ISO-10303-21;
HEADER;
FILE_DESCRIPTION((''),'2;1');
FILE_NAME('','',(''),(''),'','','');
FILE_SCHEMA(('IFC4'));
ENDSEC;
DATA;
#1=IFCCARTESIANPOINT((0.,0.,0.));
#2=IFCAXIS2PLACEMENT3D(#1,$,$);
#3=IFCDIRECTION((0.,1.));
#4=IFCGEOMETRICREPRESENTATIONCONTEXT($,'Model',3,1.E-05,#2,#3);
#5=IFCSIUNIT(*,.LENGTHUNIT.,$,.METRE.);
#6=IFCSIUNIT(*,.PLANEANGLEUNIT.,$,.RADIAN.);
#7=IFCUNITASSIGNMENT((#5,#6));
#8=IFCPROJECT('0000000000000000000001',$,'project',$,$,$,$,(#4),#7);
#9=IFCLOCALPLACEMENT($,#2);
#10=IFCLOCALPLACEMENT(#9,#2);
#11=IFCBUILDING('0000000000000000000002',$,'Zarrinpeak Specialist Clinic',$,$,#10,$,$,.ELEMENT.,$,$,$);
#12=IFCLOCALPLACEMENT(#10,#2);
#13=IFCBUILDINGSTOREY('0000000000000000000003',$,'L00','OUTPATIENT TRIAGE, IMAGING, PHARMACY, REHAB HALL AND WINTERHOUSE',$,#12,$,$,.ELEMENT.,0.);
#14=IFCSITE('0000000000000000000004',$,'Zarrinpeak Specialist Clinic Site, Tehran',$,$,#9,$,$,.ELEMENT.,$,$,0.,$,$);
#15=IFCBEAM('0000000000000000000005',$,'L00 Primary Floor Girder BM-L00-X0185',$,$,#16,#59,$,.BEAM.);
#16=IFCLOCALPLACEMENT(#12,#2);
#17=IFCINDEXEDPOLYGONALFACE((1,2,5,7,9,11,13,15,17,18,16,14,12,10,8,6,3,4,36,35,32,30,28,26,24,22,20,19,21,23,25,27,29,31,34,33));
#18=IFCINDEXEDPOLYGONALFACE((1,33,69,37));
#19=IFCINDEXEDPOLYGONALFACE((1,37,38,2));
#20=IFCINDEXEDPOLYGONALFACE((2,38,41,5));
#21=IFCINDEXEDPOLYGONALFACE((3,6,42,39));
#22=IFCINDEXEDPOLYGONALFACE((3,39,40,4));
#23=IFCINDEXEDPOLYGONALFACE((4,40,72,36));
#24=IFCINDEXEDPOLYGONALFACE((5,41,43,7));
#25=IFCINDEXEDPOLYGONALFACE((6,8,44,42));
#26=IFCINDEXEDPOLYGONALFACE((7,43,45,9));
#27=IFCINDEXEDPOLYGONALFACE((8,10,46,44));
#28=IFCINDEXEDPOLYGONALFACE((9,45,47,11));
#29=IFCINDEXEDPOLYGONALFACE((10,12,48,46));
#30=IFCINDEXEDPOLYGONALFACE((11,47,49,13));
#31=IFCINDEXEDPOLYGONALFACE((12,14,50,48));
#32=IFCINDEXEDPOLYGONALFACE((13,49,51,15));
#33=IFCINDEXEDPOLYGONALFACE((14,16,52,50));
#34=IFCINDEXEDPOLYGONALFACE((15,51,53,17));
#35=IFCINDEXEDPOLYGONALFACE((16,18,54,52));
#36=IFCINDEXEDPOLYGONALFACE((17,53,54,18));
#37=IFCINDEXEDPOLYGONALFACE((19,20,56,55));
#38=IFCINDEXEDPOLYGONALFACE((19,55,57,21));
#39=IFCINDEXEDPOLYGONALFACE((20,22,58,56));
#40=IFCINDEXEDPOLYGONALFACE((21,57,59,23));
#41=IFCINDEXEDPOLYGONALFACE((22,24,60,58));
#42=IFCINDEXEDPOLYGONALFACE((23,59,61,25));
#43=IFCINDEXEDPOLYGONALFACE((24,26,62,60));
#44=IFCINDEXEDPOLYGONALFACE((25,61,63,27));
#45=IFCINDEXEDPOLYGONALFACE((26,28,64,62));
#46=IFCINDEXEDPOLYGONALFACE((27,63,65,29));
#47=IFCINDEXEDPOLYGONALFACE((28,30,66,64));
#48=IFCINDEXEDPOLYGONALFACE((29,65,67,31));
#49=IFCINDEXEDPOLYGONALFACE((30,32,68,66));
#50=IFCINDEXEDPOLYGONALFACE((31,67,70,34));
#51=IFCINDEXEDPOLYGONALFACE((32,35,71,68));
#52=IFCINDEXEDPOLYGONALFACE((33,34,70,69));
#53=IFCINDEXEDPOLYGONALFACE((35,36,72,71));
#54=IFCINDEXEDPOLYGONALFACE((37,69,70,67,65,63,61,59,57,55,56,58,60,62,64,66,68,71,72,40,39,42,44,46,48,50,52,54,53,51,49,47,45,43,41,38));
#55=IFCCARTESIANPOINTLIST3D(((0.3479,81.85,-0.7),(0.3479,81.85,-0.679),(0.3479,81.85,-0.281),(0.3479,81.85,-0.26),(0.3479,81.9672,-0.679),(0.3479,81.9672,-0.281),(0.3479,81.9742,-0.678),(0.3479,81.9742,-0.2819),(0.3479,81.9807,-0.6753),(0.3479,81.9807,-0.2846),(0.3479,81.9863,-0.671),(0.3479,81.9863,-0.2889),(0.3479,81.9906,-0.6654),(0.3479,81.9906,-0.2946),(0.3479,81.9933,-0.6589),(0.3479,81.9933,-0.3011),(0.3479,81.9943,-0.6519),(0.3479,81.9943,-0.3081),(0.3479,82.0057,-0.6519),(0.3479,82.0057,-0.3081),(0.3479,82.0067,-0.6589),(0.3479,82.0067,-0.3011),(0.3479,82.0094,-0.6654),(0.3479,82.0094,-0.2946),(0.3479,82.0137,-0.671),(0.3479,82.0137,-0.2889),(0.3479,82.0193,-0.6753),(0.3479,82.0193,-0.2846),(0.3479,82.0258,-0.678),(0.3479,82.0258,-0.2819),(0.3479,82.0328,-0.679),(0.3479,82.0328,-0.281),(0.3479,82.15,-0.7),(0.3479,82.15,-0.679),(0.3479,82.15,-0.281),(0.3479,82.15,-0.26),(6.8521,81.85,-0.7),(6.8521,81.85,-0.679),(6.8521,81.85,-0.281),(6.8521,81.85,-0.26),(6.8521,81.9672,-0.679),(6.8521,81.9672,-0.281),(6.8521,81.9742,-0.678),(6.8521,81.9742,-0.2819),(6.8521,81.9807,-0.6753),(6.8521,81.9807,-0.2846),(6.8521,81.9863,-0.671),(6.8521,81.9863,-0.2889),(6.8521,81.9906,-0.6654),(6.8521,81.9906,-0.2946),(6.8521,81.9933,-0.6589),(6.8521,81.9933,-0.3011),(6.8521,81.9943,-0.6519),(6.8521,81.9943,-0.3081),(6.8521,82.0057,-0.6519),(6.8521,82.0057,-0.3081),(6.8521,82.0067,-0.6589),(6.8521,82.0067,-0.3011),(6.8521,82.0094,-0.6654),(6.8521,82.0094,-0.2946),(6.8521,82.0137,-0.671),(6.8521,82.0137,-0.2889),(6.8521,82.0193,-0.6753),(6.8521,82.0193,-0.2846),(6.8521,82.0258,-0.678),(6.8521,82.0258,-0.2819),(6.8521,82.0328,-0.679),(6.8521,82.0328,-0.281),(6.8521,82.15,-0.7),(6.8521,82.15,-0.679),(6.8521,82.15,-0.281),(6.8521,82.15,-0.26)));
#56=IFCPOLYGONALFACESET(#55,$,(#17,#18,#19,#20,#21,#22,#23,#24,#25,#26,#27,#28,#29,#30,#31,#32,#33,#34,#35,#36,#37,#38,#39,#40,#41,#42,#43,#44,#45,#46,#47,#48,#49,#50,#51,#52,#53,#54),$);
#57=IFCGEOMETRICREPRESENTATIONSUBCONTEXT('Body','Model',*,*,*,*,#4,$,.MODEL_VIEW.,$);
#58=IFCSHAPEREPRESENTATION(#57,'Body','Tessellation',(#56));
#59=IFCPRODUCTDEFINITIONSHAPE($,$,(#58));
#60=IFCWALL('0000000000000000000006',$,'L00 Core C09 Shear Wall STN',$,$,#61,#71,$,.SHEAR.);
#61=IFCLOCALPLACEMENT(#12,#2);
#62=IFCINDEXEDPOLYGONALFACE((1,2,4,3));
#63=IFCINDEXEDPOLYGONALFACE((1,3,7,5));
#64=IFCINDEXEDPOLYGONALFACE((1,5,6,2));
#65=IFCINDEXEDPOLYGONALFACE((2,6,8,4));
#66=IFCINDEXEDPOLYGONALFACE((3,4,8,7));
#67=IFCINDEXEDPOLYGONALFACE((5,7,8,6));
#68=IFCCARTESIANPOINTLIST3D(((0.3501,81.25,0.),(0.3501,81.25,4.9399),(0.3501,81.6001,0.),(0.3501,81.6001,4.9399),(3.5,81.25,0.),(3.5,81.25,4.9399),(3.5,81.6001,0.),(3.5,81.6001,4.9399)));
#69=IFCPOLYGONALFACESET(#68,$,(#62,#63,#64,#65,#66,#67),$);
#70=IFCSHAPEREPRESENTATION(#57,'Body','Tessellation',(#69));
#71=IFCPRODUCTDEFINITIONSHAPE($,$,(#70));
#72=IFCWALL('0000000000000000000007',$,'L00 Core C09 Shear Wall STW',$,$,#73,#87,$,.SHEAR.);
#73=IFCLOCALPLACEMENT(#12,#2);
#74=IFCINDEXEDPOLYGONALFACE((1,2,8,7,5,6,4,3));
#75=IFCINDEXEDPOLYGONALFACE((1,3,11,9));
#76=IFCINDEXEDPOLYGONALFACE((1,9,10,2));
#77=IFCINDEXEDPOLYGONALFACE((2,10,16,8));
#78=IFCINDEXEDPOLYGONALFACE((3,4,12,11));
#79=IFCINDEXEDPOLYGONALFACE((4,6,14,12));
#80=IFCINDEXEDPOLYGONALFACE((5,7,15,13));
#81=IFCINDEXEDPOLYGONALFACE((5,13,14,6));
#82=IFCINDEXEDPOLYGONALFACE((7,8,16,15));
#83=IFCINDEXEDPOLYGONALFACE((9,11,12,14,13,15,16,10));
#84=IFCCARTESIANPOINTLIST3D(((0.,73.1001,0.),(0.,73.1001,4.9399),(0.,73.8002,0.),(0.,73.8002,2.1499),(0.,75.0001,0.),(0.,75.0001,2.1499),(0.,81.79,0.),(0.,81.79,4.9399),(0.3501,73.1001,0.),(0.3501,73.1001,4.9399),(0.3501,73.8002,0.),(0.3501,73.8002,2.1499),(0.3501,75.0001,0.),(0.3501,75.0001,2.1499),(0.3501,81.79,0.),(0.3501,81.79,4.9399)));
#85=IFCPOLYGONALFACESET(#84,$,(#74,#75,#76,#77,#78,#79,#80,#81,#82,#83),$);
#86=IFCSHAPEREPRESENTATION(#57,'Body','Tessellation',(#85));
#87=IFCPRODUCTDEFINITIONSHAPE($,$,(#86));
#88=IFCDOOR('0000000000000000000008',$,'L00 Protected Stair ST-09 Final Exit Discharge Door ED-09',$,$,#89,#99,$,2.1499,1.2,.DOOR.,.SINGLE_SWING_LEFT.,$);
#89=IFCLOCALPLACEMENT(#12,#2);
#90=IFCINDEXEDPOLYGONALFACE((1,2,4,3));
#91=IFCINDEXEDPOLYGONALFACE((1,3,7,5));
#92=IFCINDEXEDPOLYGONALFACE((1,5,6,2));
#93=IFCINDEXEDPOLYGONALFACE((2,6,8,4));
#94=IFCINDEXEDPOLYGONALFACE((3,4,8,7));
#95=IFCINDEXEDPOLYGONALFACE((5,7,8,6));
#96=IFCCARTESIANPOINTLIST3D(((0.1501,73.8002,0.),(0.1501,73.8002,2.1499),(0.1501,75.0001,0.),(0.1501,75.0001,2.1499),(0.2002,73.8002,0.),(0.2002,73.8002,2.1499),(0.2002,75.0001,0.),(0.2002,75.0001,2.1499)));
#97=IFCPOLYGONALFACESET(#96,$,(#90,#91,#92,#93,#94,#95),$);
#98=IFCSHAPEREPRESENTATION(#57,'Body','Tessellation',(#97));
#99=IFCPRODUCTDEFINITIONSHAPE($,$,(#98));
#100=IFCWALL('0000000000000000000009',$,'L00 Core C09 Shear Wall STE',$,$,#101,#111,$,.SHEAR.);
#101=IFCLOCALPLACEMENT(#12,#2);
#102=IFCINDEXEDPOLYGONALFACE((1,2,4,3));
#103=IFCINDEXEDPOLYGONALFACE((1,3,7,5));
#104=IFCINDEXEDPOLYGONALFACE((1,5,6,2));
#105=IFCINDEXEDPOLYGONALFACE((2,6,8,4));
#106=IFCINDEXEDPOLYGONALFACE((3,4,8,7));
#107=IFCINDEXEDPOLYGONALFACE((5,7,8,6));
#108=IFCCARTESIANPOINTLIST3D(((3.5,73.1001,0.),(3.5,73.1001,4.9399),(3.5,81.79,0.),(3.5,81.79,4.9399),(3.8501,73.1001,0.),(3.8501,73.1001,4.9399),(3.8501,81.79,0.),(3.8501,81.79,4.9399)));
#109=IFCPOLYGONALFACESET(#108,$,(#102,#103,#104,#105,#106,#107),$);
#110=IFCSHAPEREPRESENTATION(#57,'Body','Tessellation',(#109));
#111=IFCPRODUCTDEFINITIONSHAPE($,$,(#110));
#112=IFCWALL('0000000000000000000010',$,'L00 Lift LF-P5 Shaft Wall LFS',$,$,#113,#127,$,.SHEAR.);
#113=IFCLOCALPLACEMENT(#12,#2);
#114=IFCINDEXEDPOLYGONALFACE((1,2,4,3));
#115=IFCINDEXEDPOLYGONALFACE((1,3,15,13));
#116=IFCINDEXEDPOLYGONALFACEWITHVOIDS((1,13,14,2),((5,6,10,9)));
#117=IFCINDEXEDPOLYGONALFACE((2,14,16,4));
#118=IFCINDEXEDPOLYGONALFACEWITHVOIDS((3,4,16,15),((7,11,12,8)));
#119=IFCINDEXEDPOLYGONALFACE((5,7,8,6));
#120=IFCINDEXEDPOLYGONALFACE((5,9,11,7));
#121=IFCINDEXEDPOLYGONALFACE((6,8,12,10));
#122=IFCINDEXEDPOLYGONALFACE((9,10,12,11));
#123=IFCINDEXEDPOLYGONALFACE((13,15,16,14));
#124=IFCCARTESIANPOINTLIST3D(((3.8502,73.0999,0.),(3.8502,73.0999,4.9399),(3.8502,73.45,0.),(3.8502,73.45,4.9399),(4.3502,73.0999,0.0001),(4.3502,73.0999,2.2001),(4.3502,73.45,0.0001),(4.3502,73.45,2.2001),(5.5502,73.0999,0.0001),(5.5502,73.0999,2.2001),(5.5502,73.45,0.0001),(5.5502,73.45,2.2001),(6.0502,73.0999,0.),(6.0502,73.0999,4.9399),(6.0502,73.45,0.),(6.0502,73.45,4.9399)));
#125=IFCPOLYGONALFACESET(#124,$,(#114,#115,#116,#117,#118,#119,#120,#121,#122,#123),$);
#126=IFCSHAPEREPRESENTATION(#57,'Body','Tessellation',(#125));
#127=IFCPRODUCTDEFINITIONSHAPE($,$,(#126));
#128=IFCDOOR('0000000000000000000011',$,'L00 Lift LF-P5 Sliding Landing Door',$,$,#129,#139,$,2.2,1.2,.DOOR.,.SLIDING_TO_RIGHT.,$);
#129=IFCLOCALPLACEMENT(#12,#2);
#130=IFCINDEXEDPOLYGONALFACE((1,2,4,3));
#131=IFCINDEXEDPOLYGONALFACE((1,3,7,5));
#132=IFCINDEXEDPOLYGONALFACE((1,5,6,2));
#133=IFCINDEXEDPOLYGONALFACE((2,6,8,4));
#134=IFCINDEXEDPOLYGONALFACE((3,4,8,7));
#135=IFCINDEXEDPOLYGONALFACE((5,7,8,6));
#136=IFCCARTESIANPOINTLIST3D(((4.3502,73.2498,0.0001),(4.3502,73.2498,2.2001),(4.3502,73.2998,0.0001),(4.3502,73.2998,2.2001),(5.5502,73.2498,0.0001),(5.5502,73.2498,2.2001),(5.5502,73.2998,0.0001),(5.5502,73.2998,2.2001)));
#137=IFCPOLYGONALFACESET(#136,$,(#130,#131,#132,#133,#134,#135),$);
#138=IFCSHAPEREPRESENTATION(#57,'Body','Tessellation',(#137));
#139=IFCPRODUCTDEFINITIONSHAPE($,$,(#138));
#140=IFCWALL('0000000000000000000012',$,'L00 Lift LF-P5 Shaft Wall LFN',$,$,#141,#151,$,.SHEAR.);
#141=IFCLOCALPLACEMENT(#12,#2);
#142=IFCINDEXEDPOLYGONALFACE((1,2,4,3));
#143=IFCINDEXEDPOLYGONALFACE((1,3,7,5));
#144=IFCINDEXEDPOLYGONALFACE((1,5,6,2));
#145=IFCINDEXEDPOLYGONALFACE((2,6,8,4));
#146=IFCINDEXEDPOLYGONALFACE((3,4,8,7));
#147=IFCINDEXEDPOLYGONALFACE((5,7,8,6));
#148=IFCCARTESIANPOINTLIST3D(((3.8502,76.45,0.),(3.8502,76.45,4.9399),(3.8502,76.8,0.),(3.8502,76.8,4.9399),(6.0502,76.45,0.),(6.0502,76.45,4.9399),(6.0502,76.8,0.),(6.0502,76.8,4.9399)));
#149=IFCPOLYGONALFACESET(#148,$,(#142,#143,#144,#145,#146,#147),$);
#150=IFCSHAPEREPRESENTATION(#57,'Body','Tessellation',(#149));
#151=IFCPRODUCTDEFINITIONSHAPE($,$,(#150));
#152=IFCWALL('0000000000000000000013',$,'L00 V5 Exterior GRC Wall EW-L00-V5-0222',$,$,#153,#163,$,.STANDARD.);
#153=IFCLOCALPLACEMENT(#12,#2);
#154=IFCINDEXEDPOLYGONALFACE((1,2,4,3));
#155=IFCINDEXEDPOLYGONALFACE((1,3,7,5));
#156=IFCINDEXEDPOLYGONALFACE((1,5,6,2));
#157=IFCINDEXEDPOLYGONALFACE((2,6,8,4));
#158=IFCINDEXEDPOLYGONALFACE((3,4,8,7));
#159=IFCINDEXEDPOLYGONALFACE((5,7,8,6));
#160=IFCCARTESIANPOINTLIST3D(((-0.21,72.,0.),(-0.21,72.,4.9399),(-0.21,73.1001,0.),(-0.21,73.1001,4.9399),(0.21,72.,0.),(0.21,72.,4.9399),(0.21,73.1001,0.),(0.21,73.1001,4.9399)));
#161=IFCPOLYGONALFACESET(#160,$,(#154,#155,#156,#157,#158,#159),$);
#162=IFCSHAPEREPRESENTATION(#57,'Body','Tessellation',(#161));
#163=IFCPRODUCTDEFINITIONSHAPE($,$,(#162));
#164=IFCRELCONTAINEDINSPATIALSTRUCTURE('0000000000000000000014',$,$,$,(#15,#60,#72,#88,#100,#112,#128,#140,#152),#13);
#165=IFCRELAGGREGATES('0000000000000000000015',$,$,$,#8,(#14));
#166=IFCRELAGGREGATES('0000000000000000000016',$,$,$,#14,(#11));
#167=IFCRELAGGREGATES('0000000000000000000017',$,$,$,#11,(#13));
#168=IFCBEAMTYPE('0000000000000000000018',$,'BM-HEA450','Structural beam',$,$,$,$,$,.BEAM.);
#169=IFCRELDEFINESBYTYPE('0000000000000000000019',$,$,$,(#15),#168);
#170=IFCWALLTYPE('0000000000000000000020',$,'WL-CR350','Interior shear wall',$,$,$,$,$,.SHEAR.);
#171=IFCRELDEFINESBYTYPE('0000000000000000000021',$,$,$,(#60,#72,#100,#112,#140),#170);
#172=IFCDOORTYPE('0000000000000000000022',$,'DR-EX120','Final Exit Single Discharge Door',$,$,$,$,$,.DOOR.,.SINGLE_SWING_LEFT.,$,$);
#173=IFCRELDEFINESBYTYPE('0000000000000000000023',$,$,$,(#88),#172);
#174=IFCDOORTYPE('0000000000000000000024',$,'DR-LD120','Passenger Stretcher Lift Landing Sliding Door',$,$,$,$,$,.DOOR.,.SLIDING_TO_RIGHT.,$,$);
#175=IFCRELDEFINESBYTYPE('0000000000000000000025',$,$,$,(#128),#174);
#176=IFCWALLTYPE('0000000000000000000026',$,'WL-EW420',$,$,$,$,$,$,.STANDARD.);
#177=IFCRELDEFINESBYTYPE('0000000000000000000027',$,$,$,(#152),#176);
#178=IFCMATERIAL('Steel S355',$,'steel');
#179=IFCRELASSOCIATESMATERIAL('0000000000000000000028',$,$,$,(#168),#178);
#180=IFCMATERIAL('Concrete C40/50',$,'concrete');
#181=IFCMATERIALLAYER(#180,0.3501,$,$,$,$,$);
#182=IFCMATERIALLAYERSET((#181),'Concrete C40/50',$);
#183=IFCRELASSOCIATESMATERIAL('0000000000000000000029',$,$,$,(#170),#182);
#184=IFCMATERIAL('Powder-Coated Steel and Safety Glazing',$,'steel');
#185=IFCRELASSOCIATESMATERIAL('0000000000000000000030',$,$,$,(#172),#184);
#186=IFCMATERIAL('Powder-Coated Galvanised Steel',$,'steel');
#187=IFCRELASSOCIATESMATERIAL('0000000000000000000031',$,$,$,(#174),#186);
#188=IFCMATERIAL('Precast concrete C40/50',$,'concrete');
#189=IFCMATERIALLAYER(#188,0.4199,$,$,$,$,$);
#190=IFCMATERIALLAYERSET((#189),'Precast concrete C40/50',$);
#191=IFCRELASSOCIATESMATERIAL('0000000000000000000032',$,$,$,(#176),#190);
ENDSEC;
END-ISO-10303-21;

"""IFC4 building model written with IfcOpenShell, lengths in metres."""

from ifc_helpers import new_model, si_unit, direction, frame, frame_2d, origin, origin_2d, place, context, subcontext, project, spatial, rectangle, i_section, extrude, material, layer, layer_set, material_profile, profile_set, type_object, element, fill, save


model = new_model("IFC4")

# Units and contexts
model_context = context("Model", 3, precision=1e-05, world=origin(), true_north=direction((0.0, 1.0)))
body_context = subcontext(model_context, "Body", "Model", "MODEL_VIEW")
ifc_project = project(units=[si_unit("LENGTHUNIT", "METRE"), si_unit("PLANEANGLEUNIT", "RADIAN")], contexts=[model_context])

# Site, building, storey
site_placement = place(None, origin())
site = spatial("IfcSite", under=ifc_project, at=site_placement, Name="Zarrinpeak Specialist Clinic Site, Tehran", CompositionType="ELEMENT", RefElevation=0.0)
building_placement = place(site_placement, origin())
building = spatial("IfcBuilding", under=site, at=building_placement, Name="Zarrinpeak Specialist Clinic", CompositionType="ELEMENT")
storey_placement = place(building_placement, origin())
storey = spatial("IfcBuildingStorey", under=building, at=storey_placement, Name="L00", Description="OUTPATIENT TRIAGE, IMAGING, PHARMACY, REHAB HALL AND WINTERHOUSE", CompositionType="ELEMENT", Elevation=0.0)

# Shared definitions
ifc_material_1 = material(Name="Steel S355", Category="steel")

# Beam
ifc_material_profile_1 = material_profile(ifc_material_1, i_section(OverallWidth=0.3, OverallDepth=0.4399, WebThickness=0.0115, FlangeThickness=0.021, FilletRadius=0.0271, at=origin_2d()), Name="HEA 450")
ifc_profile_set_1 = profile_set([ifc_material_profile_1], Name="Steel S355")
beam_type_1 = type_object("IfcBeamType", Name="BM-HEA450", Description="Structural beam", PredefinedType="BEAM", material=ifc_profile_set_1)
for number, where, z_axis, x_axis, name in (
    (1, (0.3479, 82.0, -0.48), (1.0, 0.0, 0.0), (0.0, 1.0, 0.0), "L00 Primary Floor Girder BM-L00-X0185"),
):
    element("IfcBeam", number, at=place(storey_placement, frame(where, z_axis=z_axis, x_axis=x_axis)), inside=storey, type_object=beam_type_1, Name=name, PredefinedType="BEAM", context=body_context, shape_type="SweptSolid", body=[
        extrude(i_section(OverallWidth=0.3, OverallDepth=0.4399, WebThickness=0.0115, FlangeThickness=0.021, FilletRadius=0.0271, at=origin_2d()), origin(), (0.0, 0.0, 1.0), 6.5042),
    ])

# Shared definitions
ifc_material_2 = material(Name="Concrete C40/50", Category="concrete")
ifc_layer_1 = layer(ifc_material_2, 0.3501)
ifc_layer_set_1 = layer_set([ifc_layer_1], Name="Concrete C40/50")
wall_type_1 = type_object("IfcWallType", Name="WL-CR350", Description="Interior shear wall", PredefinedType="SHEAR", material=ifc_layer_set_1)
ifc_material_3 = material(Name="Powder-Coated Galvanised Steel", Category="steel")

# Wall
wall_1_placement = place(storey_placement, frame((0.3501, 81.425, 0.0), z_axis=(0.0, 0.0, 1.0), x_axis=(1.0, 0.0, 0.0)))
element("IfcWall", 2, at=wall_1_placement, inside=storey, type_object=wall_type_1, Name="L00 Core C09 Shear Wall STN", PredefinedType="SHEAR", context=body_context, shape_type="SweptSolid", body=[
    extrude(rectangle(XDim=3.1499, YDim=0.3501, at=frame_2d((1.575, 0.0))), origin(), (0.0, 0.0, 1.0), 4.9399),
])

# Wall, opening, door
wall_2_placement = place(storey_placement, frame((0.175, 73.1001, 0.0), z_axis=(0.0, 0.0, 1.0), x_axis=(0.0, 1.0, 0.0)))
wall_2 = element("IfcWall", 3, at=wall_2_placement, inside=storey, type_object=wall_type_1, Name="L00 Core C09 Shear Wall STW", PredefinedType="SHEAR", context=body_context, shape_type="SweptSolid", body=[
    extrude(rectangle(XDim=8.6899, YDim=0.3501, at=frame_2d((4.345, 0.0))), origin(), (0.0, 0.0, 1.0), 4.9399),
])
opening_1_placement = place(wall_2_placement, frame((0.7, 0.0, 0.0)))
opening_1 = element("IfcOpeningElement", 4, at=opening_1_placement, cuts=wall_2, PredefinedType="OPENING", context=body_context, shape_type="SweptSolid", body=[
    extrude(rectangle(XDim=1.2, YDim=2.1499, at=frame_2d((0.6001, 1.075))), frame((0.0, 0.1851, 0.0), z_axis=(0.0, -1.0, 0.0), x_axis=(1.0, 0.0, 0.0)), (0.0, 0.0, 1.0), 0.3701),
])
ifc_material_4 = material(Name="Powder-Coated Steel and Safety Glazing", Category="steel")
door_type_1 = type_object("IfcDoorType", Name="DR-EX120", Description="Final Exit Single Discharge Door", OperationType="SINGLE_SWING_LEFT", PredefinedType="DOOR", material=ifc_material_4)
door_1_placement = place(opening_1_placement, origin())
door_1 = element("IfcDoor", 5, at=door_1_placement, inside=storey, type_object=door_type_1, Name="L00 Protected Stair ST-09 Final Exit Discharge Door ED-09", OperationType="SINGLE_SWING_LEFT", OverallHeight=2.1499, OverallWidth=1.2, PredefinedType="DOOR", context=body_context, shape_type="SweptSolid", body=[
    extrude(rectangle(XDim=1.2, YDim=2.1499, at=frame_2d((0.6001, 1.075))), frame((0.0, 0.0249, 0.0), z_axis=(0.0, -1.0, 0.0), x_axis=(1.0, 0.0, 0.0)), (0.0, 0.0, 1.0), 0.05),
])
fill(opening_1, door_1)

# Wall
wall_3_placement = place(storey_placement, frame((3.675, 73.1001, 0.0), z_axis=(0.0, 0.0, 1.0), x_axis=(0.0, 1.0, 0.0)))
element("IfcWall", 6, at=wall_3_placement, inside=storey, type_object=wall_type_1, Name="L00 Core C09 Shear Wall STE", PredefinedType="SHEAR", context=body_context, shape_type="SweptSolid", body=[
    extrude(rectangle(XDim=8.6899, YDim=0.3501, at=frame_2d((4.345, 0.0))), origin(), (0.0, 0.0, 1.0), 4.9399),
])

# Wall, opening, door
wall_4_placement = place(storey_placement, frame((3.8501, 73.2749, 0.0), z_axis=(0.0, 0.0, 1.0), x_axis=(1.0, 0.0, 0.0)))
wall_4 = element("IfcWall", 7, at=wall_4_placement, inside=storey, type_object=wall_type_1, Name="L00 Lift LF-P5 Shaft Wall LFS", PredefinedType="SHEAR", context=body_context, shape_type="SweptSolid", body=[
    extrude(rectangle(XDim=2.2, YDim=0.3501, at=frame_2d((1.1001, 0.0))), origin(), (0.0, 0.0, 1.0), 4.9399),
])
opening_2_placement = place(wall_4_placement, frame((0.5, 0.0, 0.0)))
opening_2 = element("IfcOpeningElement", 8, at=opening_2_placement, cuts=wall_4, PredefinedType="OPENING", context=body_context, shape_type="SweptSolid", body=[
    extrude(rectangle(XDim=1.2, YDim=2.2, at=frame_2d((0.6001, 1.1001))), frame((0.0, 0.1851, 0.0), z_axis=(0.0, -1.0, 0.0), x_axis=(1.0, 0.0, 0.0)), (0.0, 0.0, 1.0), 0.3701),
])
door_type_2 = type_object("IfcDoorType", Name="DR-LD120", Description="Passenger Stretcher Lift Landing Sliding Door", OperationType="SLIDING_TO_RIGHT", PredefinedType="DOOR", material=ifc_material_3)
door_2_placement = place(opening_2_placement, origin())
door_2 = element("IfcDoor", 9, at=door_2_placement, inside=storey, type_object=door_type_2, Name="L00 Lift LF-P5 Sliding Landing Door", OperationType="SLIDING_TO_RIGHT", OverallHeight=2.2, OverallWidth=1.2, PredefinedType="DOOR", context=body_context, shape_type="SweptSolid", body=[
    extrude(rectangle(XDim=1.2, YDim=2.2, at=frame_2d((0.6001, 1.1001))), frame((0.0, 0.0249, 0.0), z_axis=(0.0, -1.0, 0.0), x_axis=(1.0, 0.0, 0.0)), (0.0, 0.0, 1.0), 0.05),
])
fill(opening_2, door_2)

# Wall
wall_5_placement = place(storey_placement, frame((3.8501, 76.625, 0.0), z_axis=(0.0, 0.0, 1.0), x_axis=(1.0, 0.0, 0.0)))
element("IfcWall", 10, at=wall_5_placement, inside=storey, type_object=wall_type_1, Name="L00 Lift LF-P5 Shaft Wall LFN", PredefinedType="SHEAR", context=body_context, shape_type="SweptSolid", body=[
    extrude(rectangle(XDim=2.2, YDim=0.3501, at=frame_2d((1.1001, 0.0))), origin(), (0.0, 0.0, 1.0), 4.9399),
])

# Shared definitions
ifc_material_5 = material(Name="Precast concrete C40/50", Category="concrete")
ifc_layer_2 = layer(ifc_material_5, 0.4199)
ifc_layer_set_2 = layer_set([ifc_layer_2], Name="Precast concrete C40/50")
wall_type_2 = type_object("IfcWallType", Name="WL-EW420", PredefinedType="STANDARD", material=ifc_layer_set_2)

# Wall
wall_6_placement = place(storey_placement, frame((0.0, 73.1001, 0.0), z_axis=(0.0, 0.0, 1.0), x_axis=(0.0, -1.0, 0.0)))
element("IfcWall", 11, at=wall_6_placement, inside=storey, type_object=wall_type_2, Name="L00 V5 Exterior GRC Wall EW-L00-V5-0222", PredefinedType="STANDARD", context=body_context, shape_type="SweptSolid", body=[
    extrude(rectangle(XDim=1.1001, YDim=0.4199, at=frame_2d((0.55, 0.0))), origin(), (0.0, 0.0, 1.0), 4.9399),
])

save(model, "model.ifc")
